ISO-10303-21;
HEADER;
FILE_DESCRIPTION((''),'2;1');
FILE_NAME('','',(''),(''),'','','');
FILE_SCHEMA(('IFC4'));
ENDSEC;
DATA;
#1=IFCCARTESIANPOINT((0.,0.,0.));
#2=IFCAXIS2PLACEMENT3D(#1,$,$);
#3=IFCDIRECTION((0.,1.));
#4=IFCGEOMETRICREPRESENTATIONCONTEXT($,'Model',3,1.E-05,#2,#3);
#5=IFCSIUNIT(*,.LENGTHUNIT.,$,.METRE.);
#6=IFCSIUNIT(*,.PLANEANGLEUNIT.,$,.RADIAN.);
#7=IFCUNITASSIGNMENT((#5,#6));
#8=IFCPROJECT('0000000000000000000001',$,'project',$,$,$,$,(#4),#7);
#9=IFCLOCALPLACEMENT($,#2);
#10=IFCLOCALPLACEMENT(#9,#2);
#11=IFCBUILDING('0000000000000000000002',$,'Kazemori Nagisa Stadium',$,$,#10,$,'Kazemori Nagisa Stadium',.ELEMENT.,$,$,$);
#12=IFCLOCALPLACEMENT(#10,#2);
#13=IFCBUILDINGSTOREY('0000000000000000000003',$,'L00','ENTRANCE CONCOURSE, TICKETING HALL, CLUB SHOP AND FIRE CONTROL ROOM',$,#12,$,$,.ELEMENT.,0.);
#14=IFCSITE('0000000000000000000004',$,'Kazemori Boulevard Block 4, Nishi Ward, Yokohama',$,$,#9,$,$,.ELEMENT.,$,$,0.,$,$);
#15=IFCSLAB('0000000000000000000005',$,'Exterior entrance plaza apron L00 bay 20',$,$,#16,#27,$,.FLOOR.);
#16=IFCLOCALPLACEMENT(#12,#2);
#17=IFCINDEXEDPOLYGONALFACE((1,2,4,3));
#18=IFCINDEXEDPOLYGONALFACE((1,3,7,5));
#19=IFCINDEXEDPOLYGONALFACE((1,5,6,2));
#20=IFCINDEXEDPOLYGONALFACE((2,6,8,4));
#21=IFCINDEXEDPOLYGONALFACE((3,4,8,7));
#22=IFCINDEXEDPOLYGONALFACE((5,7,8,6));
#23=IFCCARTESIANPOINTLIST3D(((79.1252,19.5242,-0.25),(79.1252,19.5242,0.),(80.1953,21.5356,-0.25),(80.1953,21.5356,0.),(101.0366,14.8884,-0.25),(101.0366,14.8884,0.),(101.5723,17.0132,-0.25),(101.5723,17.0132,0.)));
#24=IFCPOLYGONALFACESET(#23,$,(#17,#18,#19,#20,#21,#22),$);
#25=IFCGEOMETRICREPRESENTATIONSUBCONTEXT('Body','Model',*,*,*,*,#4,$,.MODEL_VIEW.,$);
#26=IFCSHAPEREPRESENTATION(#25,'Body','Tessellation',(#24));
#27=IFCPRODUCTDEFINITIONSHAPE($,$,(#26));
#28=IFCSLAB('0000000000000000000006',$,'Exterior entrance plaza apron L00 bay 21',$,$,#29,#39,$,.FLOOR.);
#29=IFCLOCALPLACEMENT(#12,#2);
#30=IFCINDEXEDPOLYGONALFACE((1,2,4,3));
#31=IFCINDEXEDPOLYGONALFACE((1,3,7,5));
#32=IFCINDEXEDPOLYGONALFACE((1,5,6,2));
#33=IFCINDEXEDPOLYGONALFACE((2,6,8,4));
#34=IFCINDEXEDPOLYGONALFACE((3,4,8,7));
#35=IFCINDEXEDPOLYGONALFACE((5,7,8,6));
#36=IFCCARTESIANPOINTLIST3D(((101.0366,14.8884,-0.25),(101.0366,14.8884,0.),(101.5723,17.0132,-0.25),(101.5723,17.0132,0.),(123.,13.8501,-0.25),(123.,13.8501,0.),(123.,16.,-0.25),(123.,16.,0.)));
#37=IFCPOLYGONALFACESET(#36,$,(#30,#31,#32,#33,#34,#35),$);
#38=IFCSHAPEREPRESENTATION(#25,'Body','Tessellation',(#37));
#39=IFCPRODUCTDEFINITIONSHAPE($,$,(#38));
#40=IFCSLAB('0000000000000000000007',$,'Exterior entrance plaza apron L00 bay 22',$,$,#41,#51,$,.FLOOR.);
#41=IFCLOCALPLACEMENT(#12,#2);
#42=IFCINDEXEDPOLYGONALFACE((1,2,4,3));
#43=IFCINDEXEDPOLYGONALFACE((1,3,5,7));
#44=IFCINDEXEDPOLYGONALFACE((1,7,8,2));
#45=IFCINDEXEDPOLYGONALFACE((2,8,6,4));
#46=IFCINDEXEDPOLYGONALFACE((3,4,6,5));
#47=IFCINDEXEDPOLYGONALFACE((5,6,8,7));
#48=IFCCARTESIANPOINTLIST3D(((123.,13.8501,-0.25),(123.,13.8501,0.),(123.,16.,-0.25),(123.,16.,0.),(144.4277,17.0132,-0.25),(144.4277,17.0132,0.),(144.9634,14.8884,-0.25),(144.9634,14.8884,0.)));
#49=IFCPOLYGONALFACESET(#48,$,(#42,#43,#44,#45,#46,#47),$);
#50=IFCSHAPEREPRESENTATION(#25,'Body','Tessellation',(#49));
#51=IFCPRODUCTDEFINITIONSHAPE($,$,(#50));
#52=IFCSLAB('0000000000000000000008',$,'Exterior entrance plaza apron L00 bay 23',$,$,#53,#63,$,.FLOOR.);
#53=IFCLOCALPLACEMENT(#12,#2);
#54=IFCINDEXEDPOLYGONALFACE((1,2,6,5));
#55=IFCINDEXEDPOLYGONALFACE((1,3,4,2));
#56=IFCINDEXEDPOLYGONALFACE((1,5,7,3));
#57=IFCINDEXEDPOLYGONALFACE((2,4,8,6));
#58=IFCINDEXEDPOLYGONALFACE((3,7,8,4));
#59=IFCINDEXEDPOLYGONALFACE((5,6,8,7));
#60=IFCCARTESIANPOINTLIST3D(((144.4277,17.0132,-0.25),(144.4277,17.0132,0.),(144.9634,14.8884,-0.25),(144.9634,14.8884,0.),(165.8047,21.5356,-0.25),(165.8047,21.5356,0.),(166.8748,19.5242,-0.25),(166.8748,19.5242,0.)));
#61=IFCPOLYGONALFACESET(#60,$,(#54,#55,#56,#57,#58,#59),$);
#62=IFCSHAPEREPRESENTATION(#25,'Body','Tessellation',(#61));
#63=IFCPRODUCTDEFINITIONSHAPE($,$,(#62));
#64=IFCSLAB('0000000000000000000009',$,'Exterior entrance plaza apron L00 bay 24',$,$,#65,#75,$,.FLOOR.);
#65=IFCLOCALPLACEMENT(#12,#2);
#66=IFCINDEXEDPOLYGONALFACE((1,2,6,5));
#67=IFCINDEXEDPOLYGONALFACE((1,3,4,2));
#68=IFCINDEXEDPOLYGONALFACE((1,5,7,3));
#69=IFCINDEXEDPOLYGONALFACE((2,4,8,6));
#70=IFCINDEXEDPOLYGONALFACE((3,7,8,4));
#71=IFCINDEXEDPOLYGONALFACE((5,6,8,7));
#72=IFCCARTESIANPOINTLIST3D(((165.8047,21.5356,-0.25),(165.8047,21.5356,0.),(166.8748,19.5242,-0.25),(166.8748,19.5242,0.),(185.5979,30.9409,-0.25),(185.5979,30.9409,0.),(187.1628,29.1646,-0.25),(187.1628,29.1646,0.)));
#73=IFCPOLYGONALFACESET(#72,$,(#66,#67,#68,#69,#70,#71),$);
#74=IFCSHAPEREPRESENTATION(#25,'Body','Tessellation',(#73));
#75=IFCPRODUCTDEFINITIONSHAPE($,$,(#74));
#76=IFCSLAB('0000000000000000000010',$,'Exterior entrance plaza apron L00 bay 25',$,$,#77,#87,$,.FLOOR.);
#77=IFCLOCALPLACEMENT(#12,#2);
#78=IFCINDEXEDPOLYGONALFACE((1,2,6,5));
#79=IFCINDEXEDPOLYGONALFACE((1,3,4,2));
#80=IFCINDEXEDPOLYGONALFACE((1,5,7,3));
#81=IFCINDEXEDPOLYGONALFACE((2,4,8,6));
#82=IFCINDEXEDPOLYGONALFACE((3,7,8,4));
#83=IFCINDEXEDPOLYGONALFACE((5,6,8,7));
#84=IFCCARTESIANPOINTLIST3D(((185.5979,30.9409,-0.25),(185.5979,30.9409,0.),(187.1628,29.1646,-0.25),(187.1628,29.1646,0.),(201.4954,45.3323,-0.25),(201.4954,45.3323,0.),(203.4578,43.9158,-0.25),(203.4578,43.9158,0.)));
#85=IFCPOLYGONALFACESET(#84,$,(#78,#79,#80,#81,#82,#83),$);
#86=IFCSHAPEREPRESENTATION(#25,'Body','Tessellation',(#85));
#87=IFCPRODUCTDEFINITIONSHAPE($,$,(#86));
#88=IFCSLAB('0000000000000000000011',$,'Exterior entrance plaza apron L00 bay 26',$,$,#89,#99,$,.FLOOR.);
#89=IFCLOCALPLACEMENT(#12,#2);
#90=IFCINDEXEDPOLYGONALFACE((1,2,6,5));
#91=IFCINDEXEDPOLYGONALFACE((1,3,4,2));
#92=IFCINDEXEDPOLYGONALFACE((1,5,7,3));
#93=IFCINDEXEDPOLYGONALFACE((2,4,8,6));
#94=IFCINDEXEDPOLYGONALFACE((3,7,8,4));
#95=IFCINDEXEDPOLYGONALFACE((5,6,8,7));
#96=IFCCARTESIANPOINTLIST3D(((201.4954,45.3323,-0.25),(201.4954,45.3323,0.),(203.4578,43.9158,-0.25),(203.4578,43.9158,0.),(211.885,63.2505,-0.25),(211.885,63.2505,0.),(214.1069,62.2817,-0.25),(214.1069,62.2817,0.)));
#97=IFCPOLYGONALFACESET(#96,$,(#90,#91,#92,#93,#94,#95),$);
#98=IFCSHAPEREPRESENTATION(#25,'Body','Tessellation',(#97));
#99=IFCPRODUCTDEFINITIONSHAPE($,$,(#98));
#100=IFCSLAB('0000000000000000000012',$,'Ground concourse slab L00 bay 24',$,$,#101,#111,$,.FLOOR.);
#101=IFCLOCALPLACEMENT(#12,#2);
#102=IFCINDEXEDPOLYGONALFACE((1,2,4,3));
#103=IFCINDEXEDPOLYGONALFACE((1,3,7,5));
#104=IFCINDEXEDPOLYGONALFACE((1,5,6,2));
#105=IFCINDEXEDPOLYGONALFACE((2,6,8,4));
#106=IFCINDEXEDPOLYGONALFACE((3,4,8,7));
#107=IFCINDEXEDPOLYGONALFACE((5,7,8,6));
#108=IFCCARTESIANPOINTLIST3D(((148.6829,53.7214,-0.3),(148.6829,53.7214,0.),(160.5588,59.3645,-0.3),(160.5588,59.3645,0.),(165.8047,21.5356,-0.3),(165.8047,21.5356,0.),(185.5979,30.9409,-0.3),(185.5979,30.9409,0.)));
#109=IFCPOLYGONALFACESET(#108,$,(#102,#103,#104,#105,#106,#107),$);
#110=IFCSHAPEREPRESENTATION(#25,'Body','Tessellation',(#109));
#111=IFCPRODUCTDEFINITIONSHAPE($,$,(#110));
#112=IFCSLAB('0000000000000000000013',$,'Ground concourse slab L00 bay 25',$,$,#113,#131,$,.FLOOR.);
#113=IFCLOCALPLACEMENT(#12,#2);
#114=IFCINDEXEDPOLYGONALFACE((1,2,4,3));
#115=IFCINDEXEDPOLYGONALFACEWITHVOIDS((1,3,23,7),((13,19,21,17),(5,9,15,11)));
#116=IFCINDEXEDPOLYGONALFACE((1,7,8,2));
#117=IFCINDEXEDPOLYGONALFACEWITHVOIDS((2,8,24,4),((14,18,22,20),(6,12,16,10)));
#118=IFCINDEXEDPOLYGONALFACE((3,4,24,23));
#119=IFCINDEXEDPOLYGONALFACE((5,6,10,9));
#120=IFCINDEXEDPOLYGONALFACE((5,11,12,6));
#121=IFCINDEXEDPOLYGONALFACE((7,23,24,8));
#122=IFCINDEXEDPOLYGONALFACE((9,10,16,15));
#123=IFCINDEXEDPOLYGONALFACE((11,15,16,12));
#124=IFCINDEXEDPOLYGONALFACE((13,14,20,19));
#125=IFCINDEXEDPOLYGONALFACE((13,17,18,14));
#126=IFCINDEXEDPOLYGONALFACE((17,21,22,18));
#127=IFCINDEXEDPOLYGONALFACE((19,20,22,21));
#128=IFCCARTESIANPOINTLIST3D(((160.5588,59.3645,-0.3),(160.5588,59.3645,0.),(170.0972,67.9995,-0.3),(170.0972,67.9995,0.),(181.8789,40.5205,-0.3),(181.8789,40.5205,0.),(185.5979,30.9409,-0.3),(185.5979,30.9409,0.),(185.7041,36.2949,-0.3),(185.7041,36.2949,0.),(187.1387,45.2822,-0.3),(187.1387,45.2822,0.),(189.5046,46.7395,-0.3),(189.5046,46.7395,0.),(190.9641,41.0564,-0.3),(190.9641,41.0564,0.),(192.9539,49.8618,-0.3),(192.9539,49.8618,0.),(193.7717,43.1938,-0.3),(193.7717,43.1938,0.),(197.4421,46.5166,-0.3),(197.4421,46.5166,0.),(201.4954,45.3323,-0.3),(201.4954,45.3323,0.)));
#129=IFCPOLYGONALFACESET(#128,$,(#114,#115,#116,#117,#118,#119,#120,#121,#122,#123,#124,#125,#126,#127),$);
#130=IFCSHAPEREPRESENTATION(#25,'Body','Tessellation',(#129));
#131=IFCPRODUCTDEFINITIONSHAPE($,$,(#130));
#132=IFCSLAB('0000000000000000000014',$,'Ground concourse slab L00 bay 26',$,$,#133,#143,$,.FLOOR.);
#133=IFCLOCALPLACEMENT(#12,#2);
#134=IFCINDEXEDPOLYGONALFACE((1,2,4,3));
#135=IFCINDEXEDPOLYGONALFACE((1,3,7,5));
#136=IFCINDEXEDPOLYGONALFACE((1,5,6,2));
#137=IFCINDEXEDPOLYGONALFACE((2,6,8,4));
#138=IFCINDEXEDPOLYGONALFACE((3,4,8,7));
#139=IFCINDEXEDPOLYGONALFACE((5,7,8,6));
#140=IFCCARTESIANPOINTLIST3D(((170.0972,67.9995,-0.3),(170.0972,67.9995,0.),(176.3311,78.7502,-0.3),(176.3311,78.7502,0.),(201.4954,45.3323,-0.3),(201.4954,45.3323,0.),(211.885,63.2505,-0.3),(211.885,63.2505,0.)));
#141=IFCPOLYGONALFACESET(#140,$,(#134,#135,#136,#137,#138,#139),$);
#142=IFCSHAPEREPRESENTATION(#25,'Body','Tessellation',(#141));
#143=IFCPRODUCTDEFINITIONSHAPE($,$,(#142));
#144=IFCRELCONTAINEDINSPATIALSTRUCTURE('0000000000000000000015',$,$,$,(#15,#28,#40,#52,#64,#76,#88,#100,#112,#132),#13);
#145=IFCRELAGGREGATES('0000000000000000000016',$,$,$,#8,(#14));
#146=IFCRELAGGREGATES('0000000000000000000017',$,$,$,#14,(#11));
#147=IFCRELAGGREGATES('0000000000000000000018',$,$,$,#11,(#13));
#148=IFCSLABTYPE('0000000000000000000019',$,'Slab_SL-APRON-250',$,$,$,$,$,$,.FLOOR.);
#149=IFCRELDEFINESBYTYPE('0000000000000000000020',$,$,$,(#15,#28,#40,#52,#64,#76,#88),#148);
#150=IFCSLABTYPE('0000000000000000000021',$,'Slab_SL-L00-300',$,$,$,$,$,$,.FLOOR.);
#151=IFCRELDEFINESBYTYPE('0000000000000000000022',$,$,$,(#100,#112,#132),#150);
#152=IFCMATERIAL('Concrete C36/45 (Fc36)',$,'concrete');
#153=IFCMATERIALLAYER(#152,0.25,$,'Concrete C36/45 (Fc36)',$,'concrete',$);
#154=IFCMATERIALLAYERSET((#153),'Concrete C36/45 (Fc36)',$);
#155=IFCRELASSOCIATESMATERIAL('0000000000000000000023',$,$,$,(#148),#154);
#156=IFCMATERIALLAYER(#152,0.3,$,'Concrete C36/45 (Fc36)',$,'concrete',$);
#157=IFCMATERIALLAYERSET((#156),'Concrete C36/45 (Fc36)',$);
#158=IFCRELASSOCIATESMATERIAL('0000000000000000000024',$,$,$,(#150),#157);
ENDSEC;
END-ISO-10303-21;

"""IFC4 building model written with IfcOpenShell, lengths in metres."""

from ifc_helpers import new_model, si_unit, direction, frame, origin, place, context, subcontext, project, spatial, polyline, outline, extrude, material, layer, layer_set, type_object, element, save


model = new_model("IFC4")

# Units and contexts
model_context = context("Model", 3, precision=1e-05, world=origin(), true_north=direction((0.0, 1.0)))
body_context = subcontext(model_context, "Body", "Model", "MODEL_VIEW")
ifc_project = project(units=[si_unit("LENGTHUNIT", "METRE"), si_unit("PLANEANGLEUNIT", "RADIAN")], contexts=[model_context])

# Site, building, storey
site_placement = place(None, origin())
site = spatial("IfcSite", under=ifc_project, at=site_placement, Name="Kazemori Boulevard Block 4, Nishi Ward, Yokohama", CompositionType="ELEMENT", RefElevation=0.0)
building_placement = place(site_placement, origin())
building = spatial("IfcBuilding", under=site, at=building_placement, Name="Kazemori Nagisa Stadium", LongName="Kazemori Nagisa Stadium", CompositionType="ELEMENT")
storey_placement = place(building_placement, origin())
storey = spatial("IfcBuildingStorey", under=building, at=storey_placement, Name="L00", Description="ENTRANCE CONCOURSE, TICKETING HALL, CLUB SHOP AND FIRE CONTROL ROOM", CompositionType="ELEMENT", Elevation=0.0)

# Slabs
ifc_material = material(Name="Concrete C36/45 (Fc36)", Category="concrete")
ifc_layer_1 = layer(ifc_material, 0.25, Name="Concrete C36/45 (Fc36)", Category="concrete")
ifc_layer_set_1 = layer_set([ifc_layer_1], Name="Concrete C36/45 (Fc36)")
slab_type_1 = type_object("IfcSlabType", Name="Slab_SL-APRON-250", PredefinedType="FLOOR", material=ifc_layer_set_1)
slab_1_placement = place(storey_placement, frame((0.0, 0.0, -0.25)))
element("IfcSlab", 1, at=slab_1_placement, inside=storey, type_object=slab_type_1, Name="Exterior entrance plaza apron L00 bay 20", PredefinedType="FLOOR", context=body_context, shape_type="SweptSolid", body=[
    extrude(outline(polyline([(80.1953, 21.5356), (101.5723, 17.0132), (101.0366, 14.8884), (79.1252, 19.5242), (80.1953, 21.5356)])), origin(), (0.0, 0.0, 1.0), 0.25),
])
slab_2_placement = place(storey_placement, frame((0.0, 0.0, -0.25)))
element("IfcSlab", 2, at=slab_2_placement, inside=storey, type_object=slab_type_1, Name="Exterior entrance plaza apron L00 bay 21", PredefinedType="FLOOR", context=body_context, shape_type="SweptSolid", body=[
    extrude(outline(polyline([(101.5723, 17.0132), (123.0, 16.0), (123.0, 13.8501), (101.0366, 14.8884), (101.5723, 17.0132)])), origin(), (0.0, 0.0, 1.0), 0.25),
])
slab_3_placement = place(storey_placement, frame((0.0, 0.0, -0.25)))
element("IfcSlab", 3, at=slab_3_placement, inside=storey, type_object=slab_type_1, Name="Exterior entrance plaza apron L00 bay 22", PredefinedType="FLOOR", context=body_context, shape_type="SweptSolid", body=[
    extrude(outline(polyline([(123.0, 16.0), (144.4277, 17.0132), (144.9634, 14.8884), (123.0, 13.8501), (123.0, 16.0)])), origin(), (0.0, 0.0, 1.0), 0.25),
])
slab_4_placement = place(storey_placement, frame((0.0, 0.0, -0.25)))
element("IfcSlab", 4, at=slab_4_placement, inside=storey, type_object=slab_type_1, Name="Exterior entrance plaza apron L00 bay 23", PredefinedType="FLOOR", context=body_context, shape_type="SweptSolid", body=[
    extrude(outline(polyline([(144.4277, 17.0132), (165.8047, 21.5356), (166.8748, 19.5242), (144.9634, 14.8884), (144.4277, 17.0132)])), origin(), (0.0, 0.0, 1.0), 0.25),
])
slab_5_placement = place(storey_placement, frame((0.0, 0.0, -0.25)))
element("IfcSlab", 5, at=slab_5_placement, inside=storey, type_object=slab_type_1, Name="Exterior entrance plaza apron L00 bay 24", PredefinedType="FLOOR", context=body_context, shape_type="SweptSolid", body=[
    extrude(outline(polyline([(165.8047, 21.5356), (185.5979, 30.9409), (187.1628, 29.1646), (166.8748, 19.5242), (165.8047, 21.5356)])), origin(), (0.0, 0.0, 1.0), 0.25),
])
slab_6_placement = place(storey_placement, frame((0.0, 0.0, -0.25)))
element("IfcSlab", 6, at=slab_6_placement, inside=storey, type_object=slab_type_1, Name="Exterior entrance plaza apron L00 bay 25", PredefinedType="FLOOR", context=body_context, shape_type="SweptSolid", body=[
    extrude(outline(polyline([(185.5979, 30.9409), (201.4954, 45.3323), (203.4578, 43.9158), (187.1628, 29.1646), (185.5979, 30.9409)])), origin(), (0.0, 0.0, 1.0), 0.25),
])
slab_7_placement = place(storey_placement, frame((0.0, 0.0, -0.25)))
element("IfcSlab", 7, at=slab_7_placement, inside=storey, type_object=slab_type_1, Name="Exterior entrance plaza apron L00 bay 26", PredefinedType="FLOOR", context=body_context, shape_type="SweptSolid", body=[
    extrude(outline(polyline([(201.4954, 45.3323), (211.885, 63.2505), (214.1069, 62.2817), (203.4578, 43.9158), (201.4954, 45.3323)])), origin(), (0.0, 0.0, 1.0), 0.25),
])
ifc_layer_2 = layer(ifc_material, 0.3, Name="Concrete C36/45 (Fc36)", Category="concrete")
ifc_layer_set_2 = layer_set([ifc_layer_2], Name="Concrete C36/45 (Fc36)")
slab_type_2 = type_object("IfcSlabType", Name="Slab_SL-L00-300", PredefinedType="FLOOR", material=ifc_layer_set_2)
slab_8_placement = place(storey_placement, frame((0.0, 0.0, -0.3)))
element("IfcSlab", 8, at=slab_8_placement, inside=storey, type_object=slab_type_2, Name="Ground concourse slab L00 bay 24", PredefinedType="FLOOR", context=body_context, shape_type="SweptSolid", body=[
    extrude(outline(polyline([(148.6829, 53.7214), (160.5588, 59.3645), (185.5979, 30.9409), (165.8047, 21.5356), (148.6829, 53.7214)])), origin(), (0.0, 0.0, 1.0), 0.3),
])
slab_9_placement = place(storey_placement, frame((0.0, 0.0, -0.3)))
element("IfcSlab", 9, at=slab_9_placement, inside=storey, type_object=slab_type_2, Name="Ground concourse slab L00 bay 25", PredefinedType="FLOOR", context=body_context, shape_type="SweptSolid", body=[
    extrude(outline(polyline([(160.5588, 59.3645), (170.0972, 67.9995), (201.4954, 45.3323), (185.5979, 30.9409), (160.5588, 59.3645)]), holes=[polyline([(181.8789, 40.5205), (187.1387, 45.2822), (190.9641, 41.0564), (185.7041, 36.2949), (181.8789, 40.5205)]), polyline([(189.5046, 46.7395), (192.9539, 49.8618), (197.4421, 46.5166), (193.7717, 43.1938), (189.5046, 46.7395)])]), origin(), (0.0, 0.0, 1.0), 0.3),
])
slab_10_placement = place(storey_placement, frame((0.0, 0.0, -0.3)))
element("IfcSlab", 10, at=slab_10_placement, inside=storey, type_object=slab_type_2, Name="Ground concourse slab L00 bay 26", PredefinedType="FLOOR", context=body_context, shape_type="SweptSolid", body=[
    extrude(outline(polyline([(170.0972, 67.9995), (176.3311, 78.7502), (211.885, 63.2505), (201.4954, 45.3323), (170.0972, 67.9995)])), origin(), (0.0, 0.0, 1.0), 0.3),
])

save(model, "model.ifc")
